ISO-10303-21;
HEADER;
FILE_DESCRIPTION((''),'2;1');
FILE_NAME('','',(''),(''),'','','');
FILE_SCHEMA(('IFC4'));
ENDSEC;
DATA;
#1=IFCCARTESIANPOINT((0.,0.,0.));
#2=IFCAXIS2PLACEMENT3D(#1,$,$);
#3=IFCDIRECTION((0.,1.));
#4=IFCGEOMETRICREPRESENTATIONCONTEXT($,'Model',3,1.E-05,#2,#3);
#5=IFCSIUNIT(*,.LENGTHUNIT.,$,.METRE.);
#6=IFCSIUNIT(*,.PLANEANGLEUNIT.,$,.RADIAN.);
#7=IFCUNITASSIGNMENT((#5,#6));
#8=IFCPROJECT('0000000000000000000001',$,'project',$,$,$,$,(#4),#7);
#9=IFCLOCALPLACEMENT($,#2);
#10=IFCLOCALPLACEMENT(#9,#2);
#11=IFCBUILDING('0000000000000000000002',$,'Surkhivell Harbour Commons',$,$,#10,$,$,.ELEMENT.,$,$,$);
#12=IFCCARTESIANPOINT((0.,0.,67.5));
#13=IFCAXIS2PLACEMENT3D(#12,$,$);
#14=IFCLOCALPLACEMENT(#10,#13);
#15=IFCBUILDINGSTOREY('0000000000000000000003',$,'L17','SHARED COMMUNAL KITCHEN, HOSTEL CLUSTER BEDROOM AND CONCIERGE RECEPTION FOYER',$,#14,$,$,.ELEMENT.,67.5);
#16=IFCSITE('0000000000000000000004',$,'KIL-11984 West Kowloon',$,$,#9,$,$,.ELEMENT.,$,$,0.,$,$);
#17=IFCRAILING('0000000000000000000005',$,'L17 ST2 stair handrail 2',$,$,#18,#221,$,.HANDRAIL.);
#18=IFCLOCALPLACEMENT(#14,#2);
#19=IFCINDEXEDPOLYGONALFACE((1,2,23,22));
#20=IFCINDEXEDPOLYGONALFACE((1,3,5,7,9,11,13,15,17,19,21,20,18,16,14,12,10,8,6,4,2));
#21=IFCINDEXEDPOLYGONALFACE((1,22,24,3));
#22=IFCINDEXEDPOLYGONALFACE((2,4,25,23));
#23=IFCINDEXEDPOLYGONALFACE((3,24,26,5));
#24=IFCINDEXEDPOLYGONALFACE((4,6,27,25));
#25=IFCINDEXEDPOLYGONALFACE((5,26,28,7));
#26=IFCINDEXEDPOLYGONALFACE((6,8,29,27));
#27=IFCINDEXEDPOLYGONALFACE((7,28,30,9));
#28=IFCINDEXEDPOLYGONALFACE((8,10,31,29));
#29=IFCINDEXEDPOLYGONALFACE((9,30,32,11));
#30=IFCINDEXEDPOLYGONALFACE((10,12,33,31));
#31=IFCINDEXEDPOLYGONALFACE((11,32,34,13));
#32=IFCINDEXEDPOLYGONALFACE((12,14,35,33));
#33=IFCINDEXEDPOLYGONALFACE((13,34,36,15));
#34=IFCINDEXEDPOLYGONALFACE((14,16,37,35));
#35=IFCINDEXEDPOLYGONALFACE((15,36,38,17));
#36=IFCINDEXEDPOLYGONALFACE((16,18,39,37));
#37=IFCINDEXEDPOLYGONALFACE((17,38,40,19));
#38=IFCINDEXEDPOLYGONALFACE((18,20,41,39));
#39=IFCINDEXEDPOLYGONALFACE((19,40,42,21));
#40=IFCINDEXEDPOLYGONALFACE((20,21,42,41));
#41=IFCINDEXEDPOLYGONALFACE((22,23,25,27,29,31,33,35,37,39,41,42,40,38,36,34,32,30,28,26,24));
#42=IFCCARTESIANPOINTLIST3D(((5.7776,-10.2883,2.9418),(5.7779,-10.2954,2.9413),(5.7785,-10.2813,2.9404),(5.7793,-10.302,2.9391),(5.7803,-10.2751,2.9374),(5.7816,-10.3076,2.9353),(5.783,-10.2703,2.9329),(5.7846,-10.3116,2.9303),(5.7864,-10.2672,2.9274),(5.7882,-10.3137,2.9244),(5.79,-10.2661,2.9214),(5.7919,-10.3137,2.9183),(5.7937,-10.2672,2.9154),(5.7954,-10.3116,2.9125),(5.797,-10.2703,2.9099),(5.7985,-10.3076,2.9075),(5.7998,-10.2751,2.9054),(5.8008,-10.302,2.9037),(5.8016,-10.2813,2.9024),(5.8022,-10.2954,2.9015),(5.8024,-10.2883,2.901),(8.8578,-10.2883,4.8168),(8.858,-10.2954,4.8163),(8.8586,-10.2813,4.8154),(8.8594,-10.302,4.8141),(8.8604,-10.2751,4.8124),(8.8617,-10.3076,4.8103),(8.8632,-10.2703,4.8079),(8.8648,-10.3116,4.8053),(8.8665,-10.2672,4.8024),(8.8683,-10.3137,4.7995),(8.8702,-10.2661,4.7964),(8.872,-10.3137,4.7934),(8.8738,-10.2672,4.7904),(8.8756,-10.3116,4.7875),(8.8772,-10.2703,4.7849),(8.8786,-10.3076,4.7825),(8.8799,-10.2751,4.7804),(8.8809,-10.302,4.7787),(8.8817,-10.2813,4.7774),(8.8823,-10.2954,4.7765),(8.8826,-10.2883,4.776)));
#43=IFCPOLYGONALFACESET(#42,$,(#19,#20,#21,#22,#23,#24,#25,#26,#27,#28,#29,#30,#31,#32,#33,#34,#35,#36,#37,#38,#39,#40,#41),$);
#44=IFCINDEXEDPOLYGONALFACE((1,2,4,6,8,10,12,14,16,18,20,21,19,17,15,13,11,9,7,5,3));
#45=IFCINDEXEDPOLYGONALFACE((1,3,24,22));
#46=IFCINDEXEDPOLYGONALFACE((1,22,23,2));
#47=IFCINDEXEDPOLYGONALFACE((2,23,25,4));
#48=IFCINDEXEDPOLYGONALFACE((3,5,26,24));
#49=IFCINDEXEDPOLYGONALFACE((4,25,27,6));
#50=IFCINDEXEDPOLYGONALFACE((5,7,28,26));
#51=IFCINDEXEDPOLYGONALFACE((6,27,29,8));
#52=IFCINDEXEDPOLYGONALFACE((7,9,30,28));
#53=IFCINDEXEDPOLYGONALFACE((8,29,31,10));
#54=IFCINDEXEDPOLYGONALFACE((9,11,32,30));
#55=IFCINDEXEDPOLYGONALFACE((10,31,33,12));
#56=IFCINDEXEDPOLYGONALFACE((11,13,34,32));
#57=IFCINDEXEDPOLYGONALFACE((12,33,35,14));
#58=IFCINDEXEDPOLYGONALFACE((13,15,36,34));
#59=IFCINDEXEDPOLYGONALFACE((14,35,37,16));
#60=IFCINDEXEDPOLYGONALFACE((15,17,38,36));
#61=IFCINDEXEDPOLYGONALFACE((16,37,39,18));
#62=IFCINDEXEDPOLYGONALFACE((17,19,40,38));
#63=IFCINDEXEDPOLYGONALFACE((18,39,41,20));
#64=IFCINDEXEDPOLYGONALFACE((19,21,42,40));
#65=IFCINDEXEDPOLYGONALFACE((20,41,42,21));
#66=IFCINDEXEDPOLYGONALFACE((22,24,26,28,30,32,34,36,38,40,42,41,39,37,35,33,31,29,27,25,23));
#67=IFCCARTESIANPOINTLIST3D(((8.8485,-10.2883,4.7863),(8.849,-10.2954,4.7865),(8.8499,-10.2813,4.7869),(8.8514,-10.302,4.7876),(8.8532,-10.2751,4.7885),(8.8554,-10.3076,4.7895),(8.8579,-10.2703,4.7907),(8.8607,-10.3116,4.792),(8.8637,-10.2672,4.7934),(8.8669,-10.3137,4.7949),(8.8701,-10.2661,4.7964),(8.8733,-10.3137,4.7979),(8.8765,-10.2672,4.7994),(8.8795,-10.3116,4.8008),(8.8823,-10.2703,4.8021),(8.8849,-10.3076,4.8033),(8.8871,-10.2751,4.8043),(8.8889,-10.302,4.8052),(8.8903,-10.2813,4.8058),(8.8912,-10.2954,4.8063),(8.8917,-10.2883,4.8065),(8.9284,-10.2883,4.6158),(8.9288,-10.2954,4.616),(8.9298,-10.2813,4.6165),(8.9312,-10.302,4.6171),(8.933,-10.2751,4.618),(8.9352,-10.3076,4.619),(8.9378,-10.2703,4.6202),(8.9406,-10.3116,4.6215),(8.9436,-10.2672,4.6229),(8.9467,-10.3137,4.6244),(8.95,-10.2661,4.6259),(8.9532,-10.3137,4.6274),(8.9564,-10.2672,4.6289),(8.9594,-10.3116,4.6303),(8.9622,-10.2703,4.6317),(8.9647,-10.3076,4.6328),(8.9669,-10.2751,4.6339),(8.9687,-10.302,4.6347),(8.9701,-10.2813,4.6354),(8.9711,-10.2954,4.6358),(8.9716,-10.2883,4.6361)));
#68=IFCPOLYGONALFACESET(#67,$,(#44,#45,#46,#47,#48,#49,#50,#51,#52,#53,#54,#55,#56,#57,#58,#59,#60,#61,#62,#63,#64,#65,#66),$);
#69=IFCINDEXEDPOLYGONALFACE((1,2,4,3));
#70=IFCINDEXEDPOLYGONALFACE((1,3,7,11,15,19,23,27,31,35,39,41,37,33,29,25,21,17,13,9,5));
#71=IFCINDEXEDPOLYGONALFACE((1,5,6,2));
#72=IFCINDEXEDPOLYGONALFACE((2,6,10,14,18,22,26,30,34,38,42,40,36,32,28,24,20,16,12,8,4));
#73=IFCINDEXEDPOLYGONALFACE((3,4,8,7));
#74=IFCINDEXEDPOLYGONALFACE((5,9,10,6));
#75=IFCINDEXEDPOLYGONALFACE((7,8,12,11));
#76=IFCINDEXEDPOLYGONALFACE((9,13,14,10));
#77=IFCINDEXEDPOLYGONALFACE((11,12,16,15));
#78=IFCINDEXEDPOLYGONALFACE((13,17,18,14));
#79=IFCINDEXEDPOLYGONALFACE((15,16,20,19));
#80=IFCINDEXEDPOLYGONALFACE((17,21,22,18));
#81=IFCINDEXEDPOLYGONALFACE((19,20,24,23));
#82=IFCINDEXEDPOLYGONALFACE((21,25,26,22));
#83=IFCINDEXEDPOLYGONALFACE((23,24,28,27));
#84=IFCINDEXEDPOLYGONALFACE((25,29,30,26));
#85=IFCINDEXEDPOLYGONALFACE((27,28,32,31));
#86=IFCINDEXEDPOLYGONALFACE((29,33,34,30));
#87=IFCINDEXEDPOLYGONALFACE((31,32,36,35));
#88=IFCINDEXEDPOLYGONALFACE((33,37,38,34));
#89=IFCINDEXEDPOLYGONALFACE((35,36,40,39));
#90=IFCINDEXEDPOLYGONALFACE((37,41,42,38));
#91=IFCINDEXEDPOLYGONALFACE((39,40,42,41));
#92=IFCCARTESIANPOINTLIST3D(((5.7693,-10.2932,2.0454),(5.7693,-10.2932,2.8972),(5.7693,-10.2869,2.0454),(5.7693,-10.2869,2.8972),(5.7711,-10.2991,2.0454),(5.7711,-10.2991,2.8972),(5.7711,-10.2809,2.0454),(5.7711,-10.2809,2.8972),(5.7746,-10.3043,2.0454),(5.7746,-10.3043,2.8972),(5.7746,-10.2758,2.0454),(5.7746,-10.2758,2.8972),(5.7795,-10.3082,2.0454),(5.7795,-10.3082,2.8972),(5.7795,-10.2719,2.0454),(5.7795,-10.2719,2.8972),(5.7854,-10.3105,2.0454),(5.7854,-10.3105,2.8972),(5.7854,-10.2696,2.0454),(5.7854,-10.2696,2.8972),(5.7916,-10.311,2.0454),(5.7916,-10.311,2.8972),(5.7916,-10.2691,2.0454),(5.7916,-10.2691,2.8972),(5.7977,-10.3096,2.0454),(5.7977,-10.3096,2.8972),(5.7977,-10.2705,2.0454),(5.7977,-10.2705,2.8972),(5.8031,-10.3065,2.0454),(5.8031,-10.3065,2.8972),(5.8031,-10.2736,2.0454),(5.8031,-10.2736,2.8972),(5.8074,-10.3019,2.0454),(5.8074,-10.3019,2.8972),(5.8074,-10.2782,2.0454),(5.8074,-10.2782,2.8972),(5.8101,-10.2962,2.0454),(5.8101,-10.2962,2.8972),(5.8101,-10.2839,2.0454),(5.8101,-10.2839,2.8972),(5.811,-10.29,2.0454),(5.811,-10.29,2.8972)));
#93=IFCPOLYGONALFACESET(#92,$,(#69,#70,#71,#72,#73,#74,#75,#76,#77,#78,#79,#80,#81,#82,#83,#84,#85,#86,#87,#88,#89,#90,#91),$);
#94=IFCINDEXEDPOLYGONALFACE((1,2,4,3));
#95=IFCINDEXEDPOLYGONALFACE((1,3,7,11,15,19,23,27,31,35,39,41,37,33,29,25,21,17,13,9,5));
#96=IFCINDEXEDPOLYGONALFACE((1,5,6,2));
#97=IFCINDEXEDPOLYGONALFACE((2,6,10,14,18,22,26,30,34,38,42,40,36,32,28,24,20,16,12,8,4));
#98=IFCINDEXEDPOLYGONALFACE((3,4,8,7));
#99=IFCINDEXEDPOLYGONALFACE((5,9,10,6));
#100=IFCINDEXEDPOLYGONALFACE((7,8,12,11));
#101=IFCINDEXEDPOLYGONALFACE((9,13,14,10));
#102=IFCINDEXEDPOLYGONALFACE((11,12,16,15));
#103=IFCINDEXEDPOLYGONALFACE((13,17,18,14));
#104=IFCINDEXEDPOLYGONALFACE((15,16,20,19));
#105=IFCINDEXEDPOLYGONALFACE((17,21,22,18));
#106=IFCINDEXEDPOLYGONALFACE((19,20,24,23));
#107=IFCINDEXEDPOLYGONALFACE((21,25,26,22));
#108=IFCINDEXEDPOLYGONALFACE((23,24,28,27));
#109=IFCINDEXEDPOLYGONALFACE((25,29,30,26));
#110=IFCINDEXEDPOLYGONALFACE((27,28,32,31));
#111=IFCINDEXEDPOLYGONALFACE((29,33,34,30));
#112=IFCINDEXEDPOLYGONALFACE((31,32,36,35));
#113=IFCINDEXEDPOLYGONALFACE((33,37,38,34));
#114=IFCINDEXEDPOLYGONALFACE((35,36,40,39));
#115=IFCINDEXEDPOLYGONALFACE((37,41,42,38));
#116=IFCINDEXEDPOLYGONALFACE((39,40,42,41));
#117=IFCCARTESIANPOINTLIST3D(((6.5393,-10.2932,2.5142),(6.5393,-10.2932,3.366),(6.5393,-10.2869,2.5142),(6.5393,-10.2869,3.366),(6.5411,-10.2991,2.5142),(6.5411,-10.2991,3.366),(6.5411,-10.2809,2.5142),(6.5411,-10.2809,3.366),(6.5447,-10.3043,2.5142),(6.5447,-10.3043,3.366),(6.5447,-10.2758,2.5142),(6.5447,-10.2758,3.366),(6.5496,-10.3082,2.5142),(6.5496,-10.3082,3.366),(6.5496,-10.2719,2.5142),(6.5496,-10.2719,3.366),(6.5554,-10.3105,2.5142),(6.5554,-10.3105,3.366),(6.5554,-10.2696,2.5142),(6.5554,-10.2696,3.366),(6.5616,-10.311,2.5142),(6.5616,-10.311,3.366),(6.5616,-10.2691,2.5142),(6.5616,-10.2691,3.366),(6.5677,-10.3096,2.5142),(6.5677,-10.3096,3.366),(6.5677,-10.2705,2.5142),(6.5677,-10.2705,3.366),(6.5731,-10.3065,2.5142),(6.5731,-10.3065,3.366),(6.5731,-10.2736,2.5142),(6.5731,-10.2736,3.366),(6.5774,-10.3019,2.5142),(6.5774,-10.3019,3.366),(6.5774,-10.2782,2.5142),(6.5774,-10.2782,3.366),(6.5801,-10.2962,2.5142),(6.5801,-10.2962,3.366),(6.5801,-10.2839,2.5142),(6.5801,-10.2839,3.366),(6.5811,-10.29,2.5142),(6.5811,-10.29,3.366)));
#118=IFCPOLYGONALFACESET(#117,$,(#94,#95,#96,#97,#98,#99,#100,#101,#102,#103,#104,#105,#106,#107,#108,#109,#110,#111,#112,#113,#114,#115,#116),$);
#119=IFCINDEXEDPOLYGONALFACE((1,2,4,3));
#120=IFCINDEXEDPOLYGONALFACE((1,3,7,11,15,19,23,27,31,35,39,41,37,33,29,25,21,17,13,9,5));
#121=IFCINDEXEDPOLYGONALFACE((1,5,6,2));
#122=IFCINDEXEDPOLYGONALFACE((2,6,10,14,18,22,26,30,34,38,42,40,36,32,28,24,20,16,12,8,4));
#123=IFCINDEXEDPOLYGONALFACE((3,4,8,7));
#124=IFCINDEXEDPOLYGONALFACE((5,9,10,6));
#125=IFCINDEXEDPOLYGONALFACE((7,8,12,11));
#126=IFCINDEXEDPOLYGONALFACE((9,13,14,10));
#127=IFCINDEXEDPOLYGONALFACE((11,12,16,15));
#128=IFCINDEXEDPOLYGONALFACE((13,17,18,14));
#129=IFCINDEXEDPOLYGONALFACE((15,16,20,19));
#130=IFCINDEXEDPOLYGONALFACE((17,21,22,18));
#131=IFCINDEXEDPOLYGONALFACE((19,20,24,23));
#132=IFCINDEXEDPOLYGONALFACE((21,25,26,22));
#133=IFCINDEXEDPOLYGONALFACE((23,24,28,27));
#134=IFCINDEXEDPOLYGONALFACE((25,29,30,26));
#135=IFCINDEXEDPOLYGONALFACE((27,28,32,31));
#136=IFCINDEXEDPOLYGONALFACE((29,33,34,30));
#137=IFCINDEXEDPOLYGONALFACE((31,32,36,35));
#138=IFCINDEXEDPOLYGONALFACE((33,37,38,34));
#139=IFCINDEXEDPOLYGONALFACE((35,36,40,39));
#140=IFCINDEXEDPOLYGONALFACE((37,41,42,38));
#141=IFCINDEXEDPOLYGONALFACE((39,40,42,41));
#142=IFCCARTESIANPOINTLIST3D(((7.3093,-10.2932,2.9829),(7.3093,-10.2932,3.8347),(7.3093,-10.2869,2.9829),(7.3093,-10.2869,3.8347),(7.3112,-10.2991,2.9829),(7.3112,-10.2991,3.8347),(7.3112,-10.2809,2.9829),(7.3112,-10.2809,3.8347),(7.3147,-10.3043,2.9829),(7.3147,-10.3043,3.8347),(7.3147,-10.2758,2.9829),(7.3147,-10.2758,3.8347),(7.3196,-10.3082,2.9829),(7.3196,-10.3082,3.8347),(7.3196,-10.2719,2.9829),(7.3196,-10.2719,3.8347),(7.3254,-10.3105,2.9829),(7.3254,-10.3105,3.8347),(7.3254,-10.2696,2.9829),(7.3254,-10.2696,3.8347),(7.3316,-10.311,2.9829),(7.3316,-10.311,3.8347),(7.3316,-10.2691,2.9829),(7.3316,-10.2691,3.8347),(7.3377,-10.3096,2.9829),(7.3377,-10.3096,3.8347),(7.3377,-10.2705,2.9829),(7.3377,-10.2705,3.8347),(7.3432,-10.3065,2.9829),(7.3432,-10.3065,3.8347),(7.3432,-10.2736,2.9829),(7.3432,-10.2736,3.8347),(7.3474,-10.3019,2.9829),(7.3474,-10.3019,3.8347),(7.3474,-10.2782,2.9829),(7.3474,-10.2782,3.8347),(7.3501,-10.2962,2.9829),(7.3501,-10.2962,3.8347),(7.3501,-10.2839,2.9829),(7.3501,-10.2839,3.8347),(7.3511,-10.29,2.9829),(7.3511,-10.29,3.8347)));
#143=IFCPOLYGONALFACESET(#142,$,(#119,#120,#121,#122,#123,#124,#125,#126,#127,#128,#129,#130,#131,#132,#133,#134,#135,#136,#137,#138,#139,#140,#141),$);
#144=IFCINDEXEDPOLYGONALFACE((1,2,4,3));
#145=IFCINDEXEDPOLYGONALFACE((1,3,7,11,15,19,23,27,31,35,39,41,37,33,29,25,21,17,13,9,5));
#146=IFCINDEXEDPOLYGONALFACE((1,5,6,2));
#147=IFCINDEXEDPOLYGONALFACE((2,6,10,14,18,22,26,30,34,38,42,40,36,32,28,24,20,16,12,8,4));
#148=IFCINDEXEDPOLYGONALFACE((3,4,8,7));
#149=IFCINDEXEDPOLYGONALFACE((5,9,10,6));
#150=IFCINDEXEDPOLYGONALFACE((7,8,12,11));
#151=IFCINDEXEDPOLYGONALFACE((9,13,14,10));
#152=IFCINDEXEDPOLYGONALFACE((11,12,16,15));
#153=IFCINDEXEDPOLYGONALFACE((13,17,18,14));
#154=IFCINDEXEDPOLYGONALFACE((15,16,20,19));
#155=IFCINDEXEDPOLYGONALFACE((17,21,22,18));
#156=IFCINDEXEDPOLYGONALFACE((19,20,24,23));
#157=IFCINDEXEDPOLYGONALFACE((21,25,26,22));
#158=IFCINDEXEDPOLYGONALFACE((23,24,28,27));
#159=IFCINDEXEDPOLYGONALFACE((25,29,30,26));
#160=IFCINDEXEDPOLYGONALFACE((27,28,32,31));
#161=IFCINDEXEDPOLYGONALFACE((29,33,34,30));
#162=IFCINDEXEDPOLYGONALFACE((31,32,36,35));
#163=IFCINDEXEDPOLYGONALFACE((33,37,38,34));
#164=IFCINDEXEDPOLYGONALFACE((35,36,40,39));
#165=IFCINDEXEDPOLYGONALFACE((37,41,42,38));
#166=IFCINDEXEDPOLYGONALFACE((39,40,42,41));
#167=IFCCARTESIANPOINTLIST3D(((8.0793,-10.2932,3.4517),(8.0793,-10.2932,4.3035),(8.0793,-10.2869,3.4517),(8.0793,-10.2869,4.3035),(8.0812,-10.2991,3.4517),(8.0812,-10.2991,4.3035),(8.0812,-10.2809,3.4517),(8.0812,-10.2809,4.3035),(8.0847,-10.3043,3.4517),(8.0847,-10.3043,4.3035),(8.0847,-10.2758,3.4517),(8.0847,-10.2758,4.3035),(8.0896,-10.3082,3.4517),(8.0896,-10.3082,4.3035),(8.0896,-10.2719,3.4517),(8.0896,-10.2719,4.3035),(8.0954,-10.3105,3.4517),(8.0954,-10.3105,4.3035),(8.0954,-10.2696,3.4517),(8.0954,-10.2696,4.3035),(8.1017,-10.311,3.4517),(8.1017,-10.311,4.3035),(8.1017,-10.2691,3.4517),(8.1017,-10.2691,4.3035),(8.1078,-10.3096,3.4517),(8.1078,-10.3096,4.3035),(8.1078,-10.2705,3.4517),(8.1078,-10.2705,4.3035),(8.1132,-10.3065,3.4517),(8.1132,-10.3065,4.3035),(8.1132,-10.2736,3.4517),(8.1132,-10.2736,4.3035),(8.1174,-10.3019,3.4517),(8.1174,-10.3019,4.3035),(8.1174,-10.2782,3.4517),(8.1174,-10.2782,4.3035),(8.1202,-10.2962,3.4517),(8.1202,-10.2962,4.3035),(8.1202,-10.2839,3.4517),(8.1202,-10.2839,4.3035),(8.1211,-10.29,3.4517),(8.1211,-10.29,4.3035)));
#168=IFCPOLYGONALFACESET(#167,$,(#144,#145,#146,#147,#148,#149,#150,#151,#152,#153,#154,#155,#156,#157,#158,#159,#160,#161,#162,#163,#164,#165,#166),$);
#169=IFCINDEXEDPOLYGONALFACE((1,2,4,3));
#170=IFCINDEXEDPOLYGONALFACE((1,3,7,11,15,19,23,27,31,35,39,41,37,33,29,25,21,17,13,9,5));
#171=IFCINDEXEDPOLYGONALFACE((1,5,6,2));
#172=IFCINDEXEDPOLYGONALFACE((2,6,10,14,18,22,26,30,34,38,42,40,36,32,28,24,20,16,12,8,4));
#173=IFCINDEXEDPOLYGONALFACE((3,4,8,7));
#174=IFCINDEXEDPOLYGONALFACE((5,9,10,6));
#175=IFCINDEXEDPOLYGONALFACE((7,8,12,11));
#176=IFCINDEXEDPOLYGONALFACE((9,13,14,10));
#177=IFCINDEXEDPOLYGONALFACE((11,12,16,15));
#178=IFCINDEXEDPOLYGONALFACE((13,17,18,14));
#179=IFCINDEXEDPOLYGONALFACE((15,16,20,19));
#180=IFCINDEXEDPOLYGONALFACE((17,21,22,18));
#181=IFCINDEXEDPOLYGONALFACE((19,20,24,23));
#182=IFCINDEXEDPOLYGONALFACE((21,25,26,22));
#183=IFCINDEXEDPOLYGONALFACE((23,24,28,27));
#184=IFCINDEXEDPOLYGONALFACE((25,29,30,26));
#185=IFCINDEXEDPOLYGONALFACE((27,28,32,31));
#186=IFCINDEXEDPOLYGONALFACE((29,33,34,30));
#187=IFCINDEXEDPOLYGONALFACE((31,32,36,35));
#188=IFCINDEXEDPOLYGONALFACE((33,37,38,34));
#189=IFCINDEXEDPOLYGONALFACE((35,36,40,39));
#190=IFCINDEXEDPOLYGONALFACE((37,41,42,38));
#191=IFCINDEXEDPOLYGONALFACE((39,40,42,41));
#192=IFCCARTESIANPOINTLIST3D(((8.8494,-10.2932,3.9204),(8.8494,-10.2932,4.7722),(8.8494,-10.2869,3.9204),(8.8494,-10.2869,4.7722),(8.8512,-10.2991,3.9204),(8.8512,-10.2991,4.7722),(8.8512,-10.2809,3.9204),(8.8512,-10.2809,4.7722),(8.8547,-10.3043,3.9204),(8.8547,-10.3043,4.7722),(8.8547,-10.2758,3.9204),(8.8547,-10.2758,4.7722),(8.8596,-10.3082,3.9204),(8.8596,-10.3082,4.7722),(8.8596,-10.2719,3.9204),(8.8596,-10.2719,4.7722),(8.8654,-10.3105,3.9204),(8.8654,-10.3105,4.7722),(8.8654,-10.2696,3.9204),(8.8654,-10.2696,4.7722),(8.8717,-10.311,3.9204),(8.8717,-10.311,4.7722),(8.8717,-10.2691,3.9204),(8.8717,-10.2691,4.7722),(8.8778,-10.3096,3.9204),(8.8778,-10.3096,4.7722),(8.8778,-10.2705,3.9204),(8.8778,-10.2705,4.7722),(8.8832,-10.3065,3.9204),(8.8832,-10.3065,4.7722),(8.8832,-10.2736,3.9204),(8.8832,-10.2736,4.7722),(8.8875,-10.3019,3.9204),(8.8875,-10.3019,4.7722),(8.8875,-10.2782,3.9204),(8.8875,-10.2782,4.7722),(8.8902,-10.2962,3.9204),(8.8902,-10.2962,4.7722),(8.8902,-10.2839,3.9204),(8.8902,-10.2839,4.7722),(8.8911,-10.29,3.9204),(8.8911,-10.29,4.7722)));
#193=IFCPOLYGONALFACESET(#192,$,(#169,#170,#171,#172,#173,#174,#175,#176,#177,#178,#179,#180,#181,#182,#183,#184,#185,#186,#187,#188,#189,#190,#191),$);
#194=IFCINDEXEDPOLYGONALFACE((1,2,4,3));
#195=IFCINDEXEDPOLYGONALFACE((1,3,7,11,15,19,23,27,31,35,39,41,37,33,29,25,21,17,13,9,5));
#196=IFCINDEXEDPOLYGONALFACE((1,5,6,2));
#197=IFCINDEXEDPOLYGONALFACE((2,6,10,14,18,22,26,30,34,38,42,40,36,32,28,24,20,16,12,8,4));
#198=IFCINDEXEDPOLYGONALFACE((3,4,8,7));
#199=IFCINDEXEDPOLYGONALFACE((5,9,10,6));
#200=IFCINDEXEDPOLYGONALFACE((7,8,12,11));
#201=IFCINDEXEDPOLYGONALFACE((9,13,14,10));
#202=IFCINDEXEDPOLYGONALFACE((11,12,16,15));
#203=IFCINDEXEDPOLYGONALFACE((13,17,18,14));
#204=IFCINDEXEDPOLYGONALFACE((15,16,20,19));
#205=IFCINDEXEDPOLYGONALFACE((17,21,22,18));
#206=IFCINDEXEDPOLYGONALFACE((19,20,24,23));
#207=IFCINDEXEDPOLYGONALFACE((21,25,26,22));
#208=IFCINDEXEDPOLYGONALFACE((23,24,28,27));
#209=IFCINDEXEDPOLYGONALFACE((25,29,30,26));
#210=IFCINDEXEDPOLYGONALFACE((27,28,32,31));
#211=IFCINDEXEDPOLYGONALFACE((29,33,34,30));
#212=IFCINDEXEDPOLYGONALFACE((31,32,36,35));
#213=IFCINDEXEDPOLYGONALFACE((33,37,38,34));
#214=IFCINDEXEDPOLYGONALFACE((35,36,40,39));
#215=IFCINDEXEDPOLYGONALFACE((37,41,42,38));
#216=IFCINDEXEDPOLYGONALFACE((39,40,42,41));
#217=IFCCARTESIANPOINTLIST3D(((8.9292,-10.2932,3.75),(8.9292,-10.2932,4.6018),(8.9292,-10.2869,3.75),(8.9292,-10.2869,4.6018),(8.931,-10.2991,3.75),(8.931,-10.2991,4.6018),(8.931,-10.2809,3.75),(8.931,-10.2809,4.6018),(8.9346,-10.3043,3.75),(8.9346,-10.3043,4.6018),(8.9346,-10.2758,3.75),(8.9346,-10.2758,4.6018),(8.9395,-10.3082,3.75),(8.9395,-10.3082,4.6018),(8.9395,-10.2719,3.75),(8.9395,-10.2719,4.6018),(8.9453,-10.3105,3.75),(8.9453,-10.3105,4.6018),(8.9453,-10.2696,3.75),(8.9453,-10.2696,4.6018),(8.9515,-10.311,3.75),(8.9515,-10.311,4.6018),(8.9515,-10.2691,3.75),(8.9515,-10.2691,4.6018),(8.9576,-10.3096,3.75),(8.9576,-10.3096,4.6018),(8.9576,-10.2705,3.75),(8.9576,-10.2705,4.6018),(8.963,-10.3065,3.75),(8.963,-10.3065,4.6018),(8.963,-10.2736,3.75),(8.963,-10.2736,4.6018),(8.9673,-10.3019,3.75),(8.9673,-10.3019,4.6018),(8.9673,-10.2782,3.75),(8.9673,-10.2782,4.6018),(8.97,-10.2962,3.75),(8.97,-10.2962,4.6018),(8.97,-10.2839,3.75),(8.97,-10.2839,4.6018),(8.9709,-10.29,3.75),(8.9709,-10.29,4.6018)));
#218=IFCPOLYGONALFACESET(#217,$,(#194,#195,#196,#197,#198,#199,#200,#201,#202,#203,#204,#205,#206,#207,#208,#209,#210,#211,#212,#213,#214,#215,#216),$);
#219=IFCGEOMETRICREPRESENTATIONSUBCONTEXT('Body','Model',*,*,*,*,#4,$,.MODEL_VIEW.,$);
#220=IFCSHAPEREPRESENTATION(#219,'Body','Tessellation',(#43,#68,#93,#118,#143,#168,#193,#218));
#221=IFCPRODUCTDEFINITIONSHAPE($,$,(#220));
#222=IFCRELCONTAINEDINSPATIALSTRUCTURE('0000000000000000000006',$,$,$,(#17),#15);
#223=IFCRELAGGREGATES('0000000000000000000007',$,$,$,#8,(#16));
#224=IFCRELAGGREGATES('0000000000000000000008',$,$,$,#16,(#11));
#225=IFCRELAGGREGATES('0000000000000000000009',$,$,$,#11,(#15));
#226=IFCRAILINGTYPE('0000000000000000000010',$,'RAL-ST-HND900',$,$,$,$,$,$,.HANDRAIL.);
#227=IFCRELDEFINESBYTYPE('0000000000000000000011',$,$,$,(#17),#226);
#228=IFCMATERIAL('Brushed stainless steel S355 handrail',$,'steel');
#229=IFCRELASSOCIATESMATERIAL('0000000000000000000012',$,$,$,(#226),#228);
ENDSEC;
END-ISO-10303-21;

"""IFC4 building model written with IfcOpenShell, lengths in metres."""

from ifc_helpers import new_model, si_unit, direction, frame, origin, origin_2d, place, context, subcontext, project, spatial, circle, extrude, material, type_object, element, save


model = new_model("IFC4")

# Units and contexts
model_context = context("Model", 3, precision=1e-05, world=origin(), true_north=direction((0.0, 1.0)))
body_context = subcontext(model_context, "Body", "Model", "MODEL_VIEW")
ifc_project = project(units=[si_unit("LENGTHUNIT", "METRE"), si_unit("PLANEANGLEUNIT", "RADIAN")], contexts=[model_context])

# Site, building, storey
site_placement = place(None, origin())
site = spatial("IfcSite", under=ifc_project, at=site_placement, Name="KIL-11984 West Kowloon", CompositionType="ELEMENT", RefElevation=0.0)
building_placement = place(site_placement, origin())
building = spatial("IfcBuilding", under=site, at=building_placement, Name="Surkhivell Harbour Commons", CompositionType="ELEMENT")
storey_placement = place(building_placement, frame((0.0, 0.0, 67.5)))
storey = spatial("IfcBuildingStorey", under=building, at=storey_placement, Name="L17", Description="SHARED COMMUNAL KITCHEN, HOSTEL CLUSTER BEDROOM AND CONCIERGE RECEPTION FOYER", CompositionType="ELEMENT", Elevation=67.5)

# Railing
ifc_material_1 = material(Name="Brushed stainless steel S355 handrail", Category="steel")
railing_type_1 = type_object("IfcRailingType", Name="RAL-ST-HND900", PredefinedType="HANDRAIL", material=ifc_material_1)
railing_1_placement = place(storey_placement, frame((5.79, -10.29, 2.0454)))
element("IfcRailing", 1, at=railing_1_placement, inside=storey, type_object=railing_type_1, Name="L17 ST2 stair handrail 2", PredefinedType="HANDRAIL", context=body_context, shape_type="SweptSolid", body=[
    extrude(circle(Radius=0.0239, at=origin_2d()), frame((0.0, 0.0, 0.876), z_axis=(0.854178, 0.0, 0.519981), x_axis=(0.0, 1.0, 0.0)), (0.0, 0.0, 1.0), 3.606),
    extrude(circle(Radius=0.0239, at=origin_2d()), frame((3.0801, 0.0, 2.751), z_axis=(0.424234, 0.0, -0.905552), x_axis=(0.0, 1.0, 0.0)), (0.0, 0.0, 1.0), 0.1882),
    extrude(circle(Radius=0.021, at=origin_2d()), origin(), (0.0, 0.0, 1.0), 0.8518),
    extrude(circle(Radius=0.021, at=origin_2d()), frame((0.77, 0.0, 0.4688)), (0.0, 0.0, 1.0), 0.8518),
    extrude(circle(Radius=0.021, at=origin_2d()), frame((1.54, 0.0, 0.9375)), (0.0, 0.0, 1.0), 0.8518),
    extrude(circle(Radius=0.021, at=origin_2d()), frame((2.3101, 0.0, 1.4062)), (0.0, 0.0, 1.0), 0.8518),
    extrude(circle(Radius=0.021, at=origin_2d()), frame((3.0801, 0.0, 1.875)), (0.0, 0.0, 1.0), 0.8518),
    extrude(circle(Radius=0.021, at=origin_2d()), frame((3.1599, 0.0, 1.7046)), (0.0, 0.0, 1.0), 0.8518),
])

save(model, "model.ifc")
